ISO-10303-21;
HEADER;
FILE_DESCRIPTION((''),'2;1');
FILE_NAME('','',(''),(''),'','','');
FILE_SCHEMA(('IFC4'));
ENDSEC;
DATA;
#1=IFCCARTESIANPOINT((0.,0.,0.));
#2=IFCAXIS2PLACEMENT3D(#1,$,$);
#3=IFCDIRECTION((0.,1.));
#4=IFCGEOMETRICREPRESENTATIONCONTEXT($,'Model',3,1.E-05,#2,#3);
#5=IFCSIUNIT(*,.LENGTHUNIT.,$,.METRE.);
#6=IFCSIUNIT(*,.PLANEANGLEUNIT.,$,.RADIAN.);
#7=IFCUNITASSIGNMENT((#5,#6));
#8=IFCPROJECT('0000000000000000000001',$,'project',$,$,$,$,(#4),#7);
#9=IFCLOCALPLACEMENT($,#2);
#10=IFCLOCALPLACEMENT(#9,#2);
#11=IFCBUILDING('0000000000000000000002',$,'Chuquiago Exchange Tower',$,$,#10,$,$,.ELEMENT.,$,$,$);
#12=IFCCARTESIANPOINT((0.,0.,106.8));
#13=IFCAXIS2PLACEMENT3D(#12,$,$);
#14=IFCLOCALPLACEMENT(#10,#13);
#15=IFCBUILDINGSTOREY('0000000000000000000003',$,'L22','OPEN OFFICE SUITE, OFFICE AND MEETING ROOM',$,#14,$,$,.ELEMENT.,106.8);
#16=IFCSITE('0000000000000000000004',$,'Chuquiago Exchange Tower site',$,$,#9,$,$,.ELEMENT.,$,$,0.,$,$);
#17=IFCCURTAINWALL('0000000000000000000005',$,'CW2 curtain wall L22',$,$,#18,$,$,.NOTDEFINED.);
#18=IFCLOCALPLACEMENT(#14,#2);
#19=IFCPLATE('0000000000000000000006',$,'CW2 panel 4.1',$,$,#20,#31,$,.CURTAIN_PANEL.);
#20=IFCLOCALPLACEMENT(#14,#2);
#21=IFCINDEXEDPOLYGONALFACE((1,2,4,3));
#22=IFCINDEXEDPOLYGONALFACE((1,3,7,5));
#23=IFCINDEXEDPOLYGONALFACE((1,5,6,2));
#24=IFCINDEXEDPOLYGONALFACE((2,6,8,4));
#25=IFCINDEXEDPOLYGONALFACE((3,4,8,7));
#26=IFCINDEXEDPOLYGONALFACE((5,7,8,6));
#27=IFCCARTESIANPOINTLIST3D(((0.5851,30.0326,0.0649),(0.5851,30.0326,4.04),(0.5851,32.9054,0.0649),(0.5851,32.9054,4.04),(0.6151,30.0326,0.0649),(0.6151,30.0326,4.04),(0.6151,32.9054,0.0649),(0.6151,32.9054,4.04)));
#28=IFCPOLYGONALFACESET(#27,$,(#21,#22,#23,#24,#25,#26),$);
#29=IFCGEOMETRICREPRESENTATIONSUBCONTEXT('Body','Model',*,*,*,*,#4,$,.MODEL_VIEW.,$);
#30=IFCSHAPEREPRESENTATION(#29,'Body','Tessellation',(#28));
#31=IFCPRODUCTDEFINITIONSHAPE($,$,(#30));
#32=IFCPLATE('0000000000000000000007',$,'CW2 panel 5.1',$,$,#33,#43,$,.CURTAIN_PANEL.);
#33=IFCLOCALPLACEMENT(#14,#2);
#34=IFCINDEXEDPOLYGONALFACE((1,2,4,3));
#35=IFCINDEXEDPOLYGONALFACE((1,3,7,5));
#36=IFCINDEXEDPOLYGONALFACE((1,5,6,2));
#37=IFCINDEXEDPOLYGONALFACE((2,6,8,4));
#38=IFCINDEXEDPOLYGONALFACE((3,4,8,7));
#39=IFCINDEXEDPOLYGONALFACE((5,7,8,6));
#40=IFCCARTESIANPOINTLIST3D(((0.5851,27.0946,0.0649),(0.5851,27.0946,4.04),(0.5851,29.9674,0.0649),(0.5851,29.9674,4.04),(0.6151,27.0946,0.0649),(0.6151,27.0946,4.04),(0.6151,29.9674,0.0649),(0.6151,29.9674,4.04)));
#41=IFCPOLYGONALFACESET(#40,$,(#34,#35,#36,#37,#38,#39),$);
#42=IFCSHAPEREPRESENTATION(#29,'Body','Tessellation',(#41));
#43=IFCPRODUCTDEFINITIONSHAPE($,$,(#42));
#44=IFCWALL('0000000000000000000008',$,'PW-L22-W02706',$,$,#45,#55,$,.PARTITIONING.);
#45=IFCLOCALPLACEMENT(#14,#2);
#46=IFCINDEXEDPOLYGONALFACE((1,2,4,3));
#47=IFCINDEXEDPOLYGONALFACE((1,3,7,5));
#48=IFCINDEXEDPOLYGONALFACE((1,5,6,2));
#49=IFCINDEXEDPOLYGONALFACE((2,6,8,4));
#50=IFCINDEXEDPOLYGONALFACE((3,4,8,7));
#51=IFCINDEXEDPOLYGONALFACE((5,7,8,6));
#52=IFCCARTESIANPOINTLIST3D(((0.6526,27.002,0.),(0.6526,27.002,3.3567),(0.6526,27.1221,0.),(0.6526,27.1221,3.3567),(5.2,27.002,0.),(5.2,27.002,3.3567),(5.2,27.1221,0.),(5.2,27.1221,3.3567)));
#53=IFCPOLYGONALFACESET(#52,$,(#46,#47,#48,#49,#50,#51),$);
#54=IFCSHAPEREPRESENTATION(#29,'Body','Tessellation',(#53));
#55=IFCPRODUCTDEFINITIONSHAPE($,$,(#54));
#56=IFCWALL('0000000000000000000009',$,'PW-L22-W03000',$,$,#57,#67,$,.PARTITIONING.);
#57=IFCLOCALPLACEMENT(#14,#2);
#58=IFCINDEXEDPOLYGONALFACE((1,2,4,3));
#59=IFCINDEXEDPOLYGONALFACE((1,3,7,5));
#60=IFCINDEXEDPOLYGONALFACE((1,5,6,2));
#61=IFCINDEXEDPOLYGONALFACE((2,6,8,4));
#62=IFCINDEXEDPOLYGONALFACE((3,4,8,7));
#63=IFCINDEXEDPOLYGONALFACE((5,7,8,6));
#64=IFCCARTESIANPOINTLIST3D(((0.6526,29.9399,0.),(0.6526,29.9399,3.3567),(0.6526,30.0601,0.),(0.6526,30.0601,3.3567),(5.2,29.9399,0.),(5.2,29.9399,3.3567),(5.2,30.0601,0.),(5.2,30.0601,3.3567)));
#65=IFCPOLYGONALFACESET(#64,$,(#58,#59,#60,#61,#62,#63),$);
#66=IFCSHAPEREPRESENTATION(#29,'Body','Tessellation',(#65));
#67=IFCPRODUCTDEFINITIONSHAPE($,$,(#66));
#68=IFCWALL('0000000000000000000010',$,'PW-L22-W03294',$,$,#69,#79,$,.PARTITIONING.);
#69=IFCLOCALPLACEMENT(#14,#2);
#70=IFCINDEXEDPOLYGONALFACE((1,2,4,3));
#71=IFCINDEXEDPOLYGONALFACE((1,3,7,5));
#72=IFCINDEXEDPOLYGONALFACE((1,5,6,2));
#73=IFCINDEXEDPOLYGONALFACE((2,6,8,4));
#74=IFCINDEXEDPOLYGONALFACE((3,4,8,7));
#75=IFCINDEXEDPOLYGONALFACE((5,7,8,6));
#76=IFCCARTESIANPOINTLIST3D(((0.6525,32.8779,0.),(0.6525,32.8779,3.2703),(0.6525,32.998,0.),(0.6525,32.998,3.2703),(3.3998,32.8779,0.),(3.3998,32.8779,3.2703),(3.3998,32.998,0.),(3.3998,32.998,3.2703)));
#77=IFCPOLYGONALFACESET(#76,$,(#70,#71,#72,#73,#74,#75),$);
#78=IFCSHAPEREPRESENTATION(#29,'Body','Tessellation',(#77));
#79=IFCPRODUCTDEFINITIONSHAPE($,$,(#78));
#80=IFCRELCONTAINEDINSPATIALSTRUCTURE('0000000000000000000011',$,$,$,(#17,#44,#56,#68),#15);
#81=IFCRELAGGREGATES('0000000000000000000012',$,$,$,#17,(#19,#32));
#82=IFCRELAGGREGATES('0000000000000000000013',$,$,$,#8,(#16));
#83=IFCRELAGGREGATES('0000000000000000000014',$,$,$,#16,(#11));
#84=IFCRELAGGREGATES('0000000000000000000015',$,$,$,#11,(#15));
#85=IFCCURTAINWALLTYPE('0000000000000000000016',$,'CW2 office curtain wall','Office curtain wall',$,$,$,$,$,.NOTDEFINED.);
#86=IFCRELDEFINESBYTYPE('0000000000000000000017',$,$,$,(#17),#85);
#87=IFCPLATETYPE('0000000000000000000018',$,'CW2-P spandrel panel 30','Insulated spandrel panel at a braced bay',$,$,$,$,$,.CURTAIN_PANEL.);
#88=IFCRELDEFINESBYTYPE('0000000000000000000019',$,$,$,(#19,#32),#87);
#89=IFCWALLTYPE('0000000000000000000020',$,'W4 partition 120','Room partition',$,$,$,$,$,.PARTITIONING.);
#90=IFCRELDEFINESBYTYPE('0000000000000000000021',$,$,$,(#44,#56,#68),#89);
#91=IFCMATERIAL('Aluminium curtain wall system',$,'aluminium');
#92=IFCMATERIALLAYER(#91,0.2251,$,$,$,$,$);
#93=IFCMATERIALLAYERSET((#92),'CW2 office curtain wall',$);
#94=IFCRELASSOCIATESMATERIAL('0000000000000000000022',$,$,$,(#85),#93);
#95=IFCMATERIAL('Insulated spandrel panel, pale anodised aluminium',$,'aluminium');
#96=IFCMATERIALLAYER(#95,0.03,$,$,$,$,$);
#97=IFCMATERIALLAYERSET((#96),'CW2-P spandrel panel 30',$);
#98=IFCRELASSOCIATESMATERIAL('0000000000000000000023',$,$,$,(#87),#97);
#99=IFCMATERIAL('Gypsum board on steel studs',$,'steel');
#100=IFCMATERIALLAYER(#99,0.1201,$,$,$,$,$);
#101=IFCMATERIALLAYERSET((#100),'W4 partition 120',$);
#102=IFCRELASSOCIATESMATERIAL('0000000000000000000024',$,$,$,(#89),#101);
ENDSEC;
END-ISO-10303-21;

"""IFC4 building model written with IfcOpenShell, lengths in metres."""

from ifc_helpers import new_model, si_unit, direction, frame, frame_2d, origin, origin_2d, place, context, subcontext, project, spatial, rectangle, extrude, material, layer, layer_set, type_object, element, aggregate, save


model = new_model("IFC4")

# Units and contexts
model_context = context("Model", 3, precision=1e-05, world=origin(), true_north=direction((0.0, 1.0)))
body_context = subcontext(model_context, "Body", "Model", "MODEL_VIEW")
ifc_project = project(units=[si_unit("LENGTHUNIT", "METRE"), si_unit("PLANEANGLEUNIT", "RADIAN")], contexts=[model_context])

# Site, building, storey
site_placement = place(None, origin())
site = spatial("IfcSite", under=ifc_project, at=site_placement, Name="Chuquiago Exchange Tower site", CompositionType="ELEMENT", RefElevation=0.0)
building_placement = place(site_placement, origin())
building = spatial("IfcBuilding", under=site, at=building_placement, Name="Chuquiago Exchange Tower", CompositionType="ELEMENT")
storey_placement = place(building_placement, frame((0.0, 0.0, 106.8)))
storey = spatial("IfcBuildingStorey", under=building, at=storey_placement, Name="L22", Description="OPEN OFFICE SUITE, OFFICE AND MEETING ROOM", CompositionType="ELEMENT", Elevation=106.8)

# Curtain wall
ifc_material_1 = material(Name="Aluminium curtain wall system", Category="aluminium")
ifc_layer_1 = layer(ifc_material_1, 0.2251)
ifc_layer_set_1 = layer_set([ifc_layer_1], Name="CW2 office curtain wall")
curtain_wall_type = type_object("IfcCurtainWallType", Name="CW2 office curtain wall", Description="Office curtain wall", PredefinedType="NOTDEFINED", material=ifc_layer_set_1)
curtain_wall_placement = place(storey_placement, origin())
curtain_wall = element("IfcCurtainWall", 1, at=curtain_wall_placement, inside=storey, type_object=curtain_wall_type, Name="CW2 curtain wall L22", PredefinedType="NOTDEFINED")

# Plates
ifc_material_2 = material(Name="Insulated spandrel panel, pale anodised aluminium", Category="aluminium")
ifc_layer_2 = layer(ifc_material_2, 0.03)
ifc_layer_set_2 = layer_set([ifc_layer_2], Name="CW2-P spandrel panel 30")
plate_type = type_object("IfcPlateType", Name="CW2-P spandrel panel 30", Description="Insulated spandrel panel at a braced bay", PredefinedType="CURTAIN_PANEL", material=ifc_layer_set_2)
plate_1_placement = place(storey_placement, frame((0.6001, 31.469, 0.0649), z_axis=(0.0, 0.0, 1.0), x_axis=(0.0, -1.0, 0.0)))
plate_1 = element("IfcPlate", 2, at=plate_1_placement, type_object=plate_type, Name="CW2 panel 4.1", PredefinedType="CURTAIN_PANEL", context=body_context, shape_type="SweptSolid", body=[
    extrude(rectangle(XDim=2.8728, YDim=0.03, at=origin_2d()), origin(), (0.0, 0.0, 1.0), 3.9751),
])
plate_2_placement = place(storey_placement, frame((0.6001, 28.531, 0.0649), z_axis=(0.0, 0.0, 1.0), x_axis=(0.0, -1.0, 0.0)))
plate_2 = element("IfcPlate", 3, at=plate_2_placement, type_object=plate_type, Name="CW2 panel 5.1", PredefinedType="CURTAIN_PANEL", context=body_context, shape_type="SweptSolid", body=[
    extrude(rectangle(XDim=2.8728, YDim=0.03, at=origin_2d()), origin(), (0.0, 0.0, 1.0), 3.9751),
])
aggregate(curtain_wall, [plate_1, plate_2])

# Walls
ifc_material_3 = material(Name="Gypsum board on steel studs", Category="steel")
ifc_layer_3 = layer(ifc_material_3, 0.1201)
ifc_layer_set_3 = layer_set([ifc_layer_3], Name="W4 partition 120")
wall_type = type_object("IfcWallType", Name="W4 partition 120", Description="Room partition", PredefinedType="PARTITIONING", material=ifc_layer_set_3)
for number, where, z_axis, x_axis, name in (
    (4, (0.6526, 27.062, 0.0), (0.0, 0.0, 1.0), (1.0, 0.0, 0.0), "PW-L22-W02706"),
    (5, (0.6526, 30.0, 0.0), (0.0, 0.0, 1.0), (1.0, 0.0, 0.0), "PW-L22-W03000"),
):
    element("IfcWall", number, at=place(storey_placement, frame(where, z_axis=z_axis, x_axis=x_axis)), inside=storey, type_object=wall_type, Name=name, PredefinedType="PARTITIONING", context=body_context, shape_type="SweptSolid", body=[
        extrude(rectangle(XDim=4.5474, YDim=0.1201, at=frame_2d((2.2737, 0.0))), origin(), (0.0, 0.0, 1.0), 3.3567),
    ])
wall_1_placement = place(storey_placement, frame((0.6526, 32.938, 0.0), z_axis=(0.0, 0.0, 1.0), x_axis=(1.0, 0.0, 0.0)))
element("IfcWall", 6, at=wall_1_placement, inside=storey, type_object=wall_type, Name="PW-L22-W03294", PredefinedType="PARTITIONING", context=body_context, shape_type="SweptSolid", body=[
    extrude(rectangle(XDim=2.7473, YDim=0.1201, at=frame_2d((1.3735, 0.0))), origin(), (0.0, 0.0, 1.0), 3.2703),
])

save(model, "model.ifc")
